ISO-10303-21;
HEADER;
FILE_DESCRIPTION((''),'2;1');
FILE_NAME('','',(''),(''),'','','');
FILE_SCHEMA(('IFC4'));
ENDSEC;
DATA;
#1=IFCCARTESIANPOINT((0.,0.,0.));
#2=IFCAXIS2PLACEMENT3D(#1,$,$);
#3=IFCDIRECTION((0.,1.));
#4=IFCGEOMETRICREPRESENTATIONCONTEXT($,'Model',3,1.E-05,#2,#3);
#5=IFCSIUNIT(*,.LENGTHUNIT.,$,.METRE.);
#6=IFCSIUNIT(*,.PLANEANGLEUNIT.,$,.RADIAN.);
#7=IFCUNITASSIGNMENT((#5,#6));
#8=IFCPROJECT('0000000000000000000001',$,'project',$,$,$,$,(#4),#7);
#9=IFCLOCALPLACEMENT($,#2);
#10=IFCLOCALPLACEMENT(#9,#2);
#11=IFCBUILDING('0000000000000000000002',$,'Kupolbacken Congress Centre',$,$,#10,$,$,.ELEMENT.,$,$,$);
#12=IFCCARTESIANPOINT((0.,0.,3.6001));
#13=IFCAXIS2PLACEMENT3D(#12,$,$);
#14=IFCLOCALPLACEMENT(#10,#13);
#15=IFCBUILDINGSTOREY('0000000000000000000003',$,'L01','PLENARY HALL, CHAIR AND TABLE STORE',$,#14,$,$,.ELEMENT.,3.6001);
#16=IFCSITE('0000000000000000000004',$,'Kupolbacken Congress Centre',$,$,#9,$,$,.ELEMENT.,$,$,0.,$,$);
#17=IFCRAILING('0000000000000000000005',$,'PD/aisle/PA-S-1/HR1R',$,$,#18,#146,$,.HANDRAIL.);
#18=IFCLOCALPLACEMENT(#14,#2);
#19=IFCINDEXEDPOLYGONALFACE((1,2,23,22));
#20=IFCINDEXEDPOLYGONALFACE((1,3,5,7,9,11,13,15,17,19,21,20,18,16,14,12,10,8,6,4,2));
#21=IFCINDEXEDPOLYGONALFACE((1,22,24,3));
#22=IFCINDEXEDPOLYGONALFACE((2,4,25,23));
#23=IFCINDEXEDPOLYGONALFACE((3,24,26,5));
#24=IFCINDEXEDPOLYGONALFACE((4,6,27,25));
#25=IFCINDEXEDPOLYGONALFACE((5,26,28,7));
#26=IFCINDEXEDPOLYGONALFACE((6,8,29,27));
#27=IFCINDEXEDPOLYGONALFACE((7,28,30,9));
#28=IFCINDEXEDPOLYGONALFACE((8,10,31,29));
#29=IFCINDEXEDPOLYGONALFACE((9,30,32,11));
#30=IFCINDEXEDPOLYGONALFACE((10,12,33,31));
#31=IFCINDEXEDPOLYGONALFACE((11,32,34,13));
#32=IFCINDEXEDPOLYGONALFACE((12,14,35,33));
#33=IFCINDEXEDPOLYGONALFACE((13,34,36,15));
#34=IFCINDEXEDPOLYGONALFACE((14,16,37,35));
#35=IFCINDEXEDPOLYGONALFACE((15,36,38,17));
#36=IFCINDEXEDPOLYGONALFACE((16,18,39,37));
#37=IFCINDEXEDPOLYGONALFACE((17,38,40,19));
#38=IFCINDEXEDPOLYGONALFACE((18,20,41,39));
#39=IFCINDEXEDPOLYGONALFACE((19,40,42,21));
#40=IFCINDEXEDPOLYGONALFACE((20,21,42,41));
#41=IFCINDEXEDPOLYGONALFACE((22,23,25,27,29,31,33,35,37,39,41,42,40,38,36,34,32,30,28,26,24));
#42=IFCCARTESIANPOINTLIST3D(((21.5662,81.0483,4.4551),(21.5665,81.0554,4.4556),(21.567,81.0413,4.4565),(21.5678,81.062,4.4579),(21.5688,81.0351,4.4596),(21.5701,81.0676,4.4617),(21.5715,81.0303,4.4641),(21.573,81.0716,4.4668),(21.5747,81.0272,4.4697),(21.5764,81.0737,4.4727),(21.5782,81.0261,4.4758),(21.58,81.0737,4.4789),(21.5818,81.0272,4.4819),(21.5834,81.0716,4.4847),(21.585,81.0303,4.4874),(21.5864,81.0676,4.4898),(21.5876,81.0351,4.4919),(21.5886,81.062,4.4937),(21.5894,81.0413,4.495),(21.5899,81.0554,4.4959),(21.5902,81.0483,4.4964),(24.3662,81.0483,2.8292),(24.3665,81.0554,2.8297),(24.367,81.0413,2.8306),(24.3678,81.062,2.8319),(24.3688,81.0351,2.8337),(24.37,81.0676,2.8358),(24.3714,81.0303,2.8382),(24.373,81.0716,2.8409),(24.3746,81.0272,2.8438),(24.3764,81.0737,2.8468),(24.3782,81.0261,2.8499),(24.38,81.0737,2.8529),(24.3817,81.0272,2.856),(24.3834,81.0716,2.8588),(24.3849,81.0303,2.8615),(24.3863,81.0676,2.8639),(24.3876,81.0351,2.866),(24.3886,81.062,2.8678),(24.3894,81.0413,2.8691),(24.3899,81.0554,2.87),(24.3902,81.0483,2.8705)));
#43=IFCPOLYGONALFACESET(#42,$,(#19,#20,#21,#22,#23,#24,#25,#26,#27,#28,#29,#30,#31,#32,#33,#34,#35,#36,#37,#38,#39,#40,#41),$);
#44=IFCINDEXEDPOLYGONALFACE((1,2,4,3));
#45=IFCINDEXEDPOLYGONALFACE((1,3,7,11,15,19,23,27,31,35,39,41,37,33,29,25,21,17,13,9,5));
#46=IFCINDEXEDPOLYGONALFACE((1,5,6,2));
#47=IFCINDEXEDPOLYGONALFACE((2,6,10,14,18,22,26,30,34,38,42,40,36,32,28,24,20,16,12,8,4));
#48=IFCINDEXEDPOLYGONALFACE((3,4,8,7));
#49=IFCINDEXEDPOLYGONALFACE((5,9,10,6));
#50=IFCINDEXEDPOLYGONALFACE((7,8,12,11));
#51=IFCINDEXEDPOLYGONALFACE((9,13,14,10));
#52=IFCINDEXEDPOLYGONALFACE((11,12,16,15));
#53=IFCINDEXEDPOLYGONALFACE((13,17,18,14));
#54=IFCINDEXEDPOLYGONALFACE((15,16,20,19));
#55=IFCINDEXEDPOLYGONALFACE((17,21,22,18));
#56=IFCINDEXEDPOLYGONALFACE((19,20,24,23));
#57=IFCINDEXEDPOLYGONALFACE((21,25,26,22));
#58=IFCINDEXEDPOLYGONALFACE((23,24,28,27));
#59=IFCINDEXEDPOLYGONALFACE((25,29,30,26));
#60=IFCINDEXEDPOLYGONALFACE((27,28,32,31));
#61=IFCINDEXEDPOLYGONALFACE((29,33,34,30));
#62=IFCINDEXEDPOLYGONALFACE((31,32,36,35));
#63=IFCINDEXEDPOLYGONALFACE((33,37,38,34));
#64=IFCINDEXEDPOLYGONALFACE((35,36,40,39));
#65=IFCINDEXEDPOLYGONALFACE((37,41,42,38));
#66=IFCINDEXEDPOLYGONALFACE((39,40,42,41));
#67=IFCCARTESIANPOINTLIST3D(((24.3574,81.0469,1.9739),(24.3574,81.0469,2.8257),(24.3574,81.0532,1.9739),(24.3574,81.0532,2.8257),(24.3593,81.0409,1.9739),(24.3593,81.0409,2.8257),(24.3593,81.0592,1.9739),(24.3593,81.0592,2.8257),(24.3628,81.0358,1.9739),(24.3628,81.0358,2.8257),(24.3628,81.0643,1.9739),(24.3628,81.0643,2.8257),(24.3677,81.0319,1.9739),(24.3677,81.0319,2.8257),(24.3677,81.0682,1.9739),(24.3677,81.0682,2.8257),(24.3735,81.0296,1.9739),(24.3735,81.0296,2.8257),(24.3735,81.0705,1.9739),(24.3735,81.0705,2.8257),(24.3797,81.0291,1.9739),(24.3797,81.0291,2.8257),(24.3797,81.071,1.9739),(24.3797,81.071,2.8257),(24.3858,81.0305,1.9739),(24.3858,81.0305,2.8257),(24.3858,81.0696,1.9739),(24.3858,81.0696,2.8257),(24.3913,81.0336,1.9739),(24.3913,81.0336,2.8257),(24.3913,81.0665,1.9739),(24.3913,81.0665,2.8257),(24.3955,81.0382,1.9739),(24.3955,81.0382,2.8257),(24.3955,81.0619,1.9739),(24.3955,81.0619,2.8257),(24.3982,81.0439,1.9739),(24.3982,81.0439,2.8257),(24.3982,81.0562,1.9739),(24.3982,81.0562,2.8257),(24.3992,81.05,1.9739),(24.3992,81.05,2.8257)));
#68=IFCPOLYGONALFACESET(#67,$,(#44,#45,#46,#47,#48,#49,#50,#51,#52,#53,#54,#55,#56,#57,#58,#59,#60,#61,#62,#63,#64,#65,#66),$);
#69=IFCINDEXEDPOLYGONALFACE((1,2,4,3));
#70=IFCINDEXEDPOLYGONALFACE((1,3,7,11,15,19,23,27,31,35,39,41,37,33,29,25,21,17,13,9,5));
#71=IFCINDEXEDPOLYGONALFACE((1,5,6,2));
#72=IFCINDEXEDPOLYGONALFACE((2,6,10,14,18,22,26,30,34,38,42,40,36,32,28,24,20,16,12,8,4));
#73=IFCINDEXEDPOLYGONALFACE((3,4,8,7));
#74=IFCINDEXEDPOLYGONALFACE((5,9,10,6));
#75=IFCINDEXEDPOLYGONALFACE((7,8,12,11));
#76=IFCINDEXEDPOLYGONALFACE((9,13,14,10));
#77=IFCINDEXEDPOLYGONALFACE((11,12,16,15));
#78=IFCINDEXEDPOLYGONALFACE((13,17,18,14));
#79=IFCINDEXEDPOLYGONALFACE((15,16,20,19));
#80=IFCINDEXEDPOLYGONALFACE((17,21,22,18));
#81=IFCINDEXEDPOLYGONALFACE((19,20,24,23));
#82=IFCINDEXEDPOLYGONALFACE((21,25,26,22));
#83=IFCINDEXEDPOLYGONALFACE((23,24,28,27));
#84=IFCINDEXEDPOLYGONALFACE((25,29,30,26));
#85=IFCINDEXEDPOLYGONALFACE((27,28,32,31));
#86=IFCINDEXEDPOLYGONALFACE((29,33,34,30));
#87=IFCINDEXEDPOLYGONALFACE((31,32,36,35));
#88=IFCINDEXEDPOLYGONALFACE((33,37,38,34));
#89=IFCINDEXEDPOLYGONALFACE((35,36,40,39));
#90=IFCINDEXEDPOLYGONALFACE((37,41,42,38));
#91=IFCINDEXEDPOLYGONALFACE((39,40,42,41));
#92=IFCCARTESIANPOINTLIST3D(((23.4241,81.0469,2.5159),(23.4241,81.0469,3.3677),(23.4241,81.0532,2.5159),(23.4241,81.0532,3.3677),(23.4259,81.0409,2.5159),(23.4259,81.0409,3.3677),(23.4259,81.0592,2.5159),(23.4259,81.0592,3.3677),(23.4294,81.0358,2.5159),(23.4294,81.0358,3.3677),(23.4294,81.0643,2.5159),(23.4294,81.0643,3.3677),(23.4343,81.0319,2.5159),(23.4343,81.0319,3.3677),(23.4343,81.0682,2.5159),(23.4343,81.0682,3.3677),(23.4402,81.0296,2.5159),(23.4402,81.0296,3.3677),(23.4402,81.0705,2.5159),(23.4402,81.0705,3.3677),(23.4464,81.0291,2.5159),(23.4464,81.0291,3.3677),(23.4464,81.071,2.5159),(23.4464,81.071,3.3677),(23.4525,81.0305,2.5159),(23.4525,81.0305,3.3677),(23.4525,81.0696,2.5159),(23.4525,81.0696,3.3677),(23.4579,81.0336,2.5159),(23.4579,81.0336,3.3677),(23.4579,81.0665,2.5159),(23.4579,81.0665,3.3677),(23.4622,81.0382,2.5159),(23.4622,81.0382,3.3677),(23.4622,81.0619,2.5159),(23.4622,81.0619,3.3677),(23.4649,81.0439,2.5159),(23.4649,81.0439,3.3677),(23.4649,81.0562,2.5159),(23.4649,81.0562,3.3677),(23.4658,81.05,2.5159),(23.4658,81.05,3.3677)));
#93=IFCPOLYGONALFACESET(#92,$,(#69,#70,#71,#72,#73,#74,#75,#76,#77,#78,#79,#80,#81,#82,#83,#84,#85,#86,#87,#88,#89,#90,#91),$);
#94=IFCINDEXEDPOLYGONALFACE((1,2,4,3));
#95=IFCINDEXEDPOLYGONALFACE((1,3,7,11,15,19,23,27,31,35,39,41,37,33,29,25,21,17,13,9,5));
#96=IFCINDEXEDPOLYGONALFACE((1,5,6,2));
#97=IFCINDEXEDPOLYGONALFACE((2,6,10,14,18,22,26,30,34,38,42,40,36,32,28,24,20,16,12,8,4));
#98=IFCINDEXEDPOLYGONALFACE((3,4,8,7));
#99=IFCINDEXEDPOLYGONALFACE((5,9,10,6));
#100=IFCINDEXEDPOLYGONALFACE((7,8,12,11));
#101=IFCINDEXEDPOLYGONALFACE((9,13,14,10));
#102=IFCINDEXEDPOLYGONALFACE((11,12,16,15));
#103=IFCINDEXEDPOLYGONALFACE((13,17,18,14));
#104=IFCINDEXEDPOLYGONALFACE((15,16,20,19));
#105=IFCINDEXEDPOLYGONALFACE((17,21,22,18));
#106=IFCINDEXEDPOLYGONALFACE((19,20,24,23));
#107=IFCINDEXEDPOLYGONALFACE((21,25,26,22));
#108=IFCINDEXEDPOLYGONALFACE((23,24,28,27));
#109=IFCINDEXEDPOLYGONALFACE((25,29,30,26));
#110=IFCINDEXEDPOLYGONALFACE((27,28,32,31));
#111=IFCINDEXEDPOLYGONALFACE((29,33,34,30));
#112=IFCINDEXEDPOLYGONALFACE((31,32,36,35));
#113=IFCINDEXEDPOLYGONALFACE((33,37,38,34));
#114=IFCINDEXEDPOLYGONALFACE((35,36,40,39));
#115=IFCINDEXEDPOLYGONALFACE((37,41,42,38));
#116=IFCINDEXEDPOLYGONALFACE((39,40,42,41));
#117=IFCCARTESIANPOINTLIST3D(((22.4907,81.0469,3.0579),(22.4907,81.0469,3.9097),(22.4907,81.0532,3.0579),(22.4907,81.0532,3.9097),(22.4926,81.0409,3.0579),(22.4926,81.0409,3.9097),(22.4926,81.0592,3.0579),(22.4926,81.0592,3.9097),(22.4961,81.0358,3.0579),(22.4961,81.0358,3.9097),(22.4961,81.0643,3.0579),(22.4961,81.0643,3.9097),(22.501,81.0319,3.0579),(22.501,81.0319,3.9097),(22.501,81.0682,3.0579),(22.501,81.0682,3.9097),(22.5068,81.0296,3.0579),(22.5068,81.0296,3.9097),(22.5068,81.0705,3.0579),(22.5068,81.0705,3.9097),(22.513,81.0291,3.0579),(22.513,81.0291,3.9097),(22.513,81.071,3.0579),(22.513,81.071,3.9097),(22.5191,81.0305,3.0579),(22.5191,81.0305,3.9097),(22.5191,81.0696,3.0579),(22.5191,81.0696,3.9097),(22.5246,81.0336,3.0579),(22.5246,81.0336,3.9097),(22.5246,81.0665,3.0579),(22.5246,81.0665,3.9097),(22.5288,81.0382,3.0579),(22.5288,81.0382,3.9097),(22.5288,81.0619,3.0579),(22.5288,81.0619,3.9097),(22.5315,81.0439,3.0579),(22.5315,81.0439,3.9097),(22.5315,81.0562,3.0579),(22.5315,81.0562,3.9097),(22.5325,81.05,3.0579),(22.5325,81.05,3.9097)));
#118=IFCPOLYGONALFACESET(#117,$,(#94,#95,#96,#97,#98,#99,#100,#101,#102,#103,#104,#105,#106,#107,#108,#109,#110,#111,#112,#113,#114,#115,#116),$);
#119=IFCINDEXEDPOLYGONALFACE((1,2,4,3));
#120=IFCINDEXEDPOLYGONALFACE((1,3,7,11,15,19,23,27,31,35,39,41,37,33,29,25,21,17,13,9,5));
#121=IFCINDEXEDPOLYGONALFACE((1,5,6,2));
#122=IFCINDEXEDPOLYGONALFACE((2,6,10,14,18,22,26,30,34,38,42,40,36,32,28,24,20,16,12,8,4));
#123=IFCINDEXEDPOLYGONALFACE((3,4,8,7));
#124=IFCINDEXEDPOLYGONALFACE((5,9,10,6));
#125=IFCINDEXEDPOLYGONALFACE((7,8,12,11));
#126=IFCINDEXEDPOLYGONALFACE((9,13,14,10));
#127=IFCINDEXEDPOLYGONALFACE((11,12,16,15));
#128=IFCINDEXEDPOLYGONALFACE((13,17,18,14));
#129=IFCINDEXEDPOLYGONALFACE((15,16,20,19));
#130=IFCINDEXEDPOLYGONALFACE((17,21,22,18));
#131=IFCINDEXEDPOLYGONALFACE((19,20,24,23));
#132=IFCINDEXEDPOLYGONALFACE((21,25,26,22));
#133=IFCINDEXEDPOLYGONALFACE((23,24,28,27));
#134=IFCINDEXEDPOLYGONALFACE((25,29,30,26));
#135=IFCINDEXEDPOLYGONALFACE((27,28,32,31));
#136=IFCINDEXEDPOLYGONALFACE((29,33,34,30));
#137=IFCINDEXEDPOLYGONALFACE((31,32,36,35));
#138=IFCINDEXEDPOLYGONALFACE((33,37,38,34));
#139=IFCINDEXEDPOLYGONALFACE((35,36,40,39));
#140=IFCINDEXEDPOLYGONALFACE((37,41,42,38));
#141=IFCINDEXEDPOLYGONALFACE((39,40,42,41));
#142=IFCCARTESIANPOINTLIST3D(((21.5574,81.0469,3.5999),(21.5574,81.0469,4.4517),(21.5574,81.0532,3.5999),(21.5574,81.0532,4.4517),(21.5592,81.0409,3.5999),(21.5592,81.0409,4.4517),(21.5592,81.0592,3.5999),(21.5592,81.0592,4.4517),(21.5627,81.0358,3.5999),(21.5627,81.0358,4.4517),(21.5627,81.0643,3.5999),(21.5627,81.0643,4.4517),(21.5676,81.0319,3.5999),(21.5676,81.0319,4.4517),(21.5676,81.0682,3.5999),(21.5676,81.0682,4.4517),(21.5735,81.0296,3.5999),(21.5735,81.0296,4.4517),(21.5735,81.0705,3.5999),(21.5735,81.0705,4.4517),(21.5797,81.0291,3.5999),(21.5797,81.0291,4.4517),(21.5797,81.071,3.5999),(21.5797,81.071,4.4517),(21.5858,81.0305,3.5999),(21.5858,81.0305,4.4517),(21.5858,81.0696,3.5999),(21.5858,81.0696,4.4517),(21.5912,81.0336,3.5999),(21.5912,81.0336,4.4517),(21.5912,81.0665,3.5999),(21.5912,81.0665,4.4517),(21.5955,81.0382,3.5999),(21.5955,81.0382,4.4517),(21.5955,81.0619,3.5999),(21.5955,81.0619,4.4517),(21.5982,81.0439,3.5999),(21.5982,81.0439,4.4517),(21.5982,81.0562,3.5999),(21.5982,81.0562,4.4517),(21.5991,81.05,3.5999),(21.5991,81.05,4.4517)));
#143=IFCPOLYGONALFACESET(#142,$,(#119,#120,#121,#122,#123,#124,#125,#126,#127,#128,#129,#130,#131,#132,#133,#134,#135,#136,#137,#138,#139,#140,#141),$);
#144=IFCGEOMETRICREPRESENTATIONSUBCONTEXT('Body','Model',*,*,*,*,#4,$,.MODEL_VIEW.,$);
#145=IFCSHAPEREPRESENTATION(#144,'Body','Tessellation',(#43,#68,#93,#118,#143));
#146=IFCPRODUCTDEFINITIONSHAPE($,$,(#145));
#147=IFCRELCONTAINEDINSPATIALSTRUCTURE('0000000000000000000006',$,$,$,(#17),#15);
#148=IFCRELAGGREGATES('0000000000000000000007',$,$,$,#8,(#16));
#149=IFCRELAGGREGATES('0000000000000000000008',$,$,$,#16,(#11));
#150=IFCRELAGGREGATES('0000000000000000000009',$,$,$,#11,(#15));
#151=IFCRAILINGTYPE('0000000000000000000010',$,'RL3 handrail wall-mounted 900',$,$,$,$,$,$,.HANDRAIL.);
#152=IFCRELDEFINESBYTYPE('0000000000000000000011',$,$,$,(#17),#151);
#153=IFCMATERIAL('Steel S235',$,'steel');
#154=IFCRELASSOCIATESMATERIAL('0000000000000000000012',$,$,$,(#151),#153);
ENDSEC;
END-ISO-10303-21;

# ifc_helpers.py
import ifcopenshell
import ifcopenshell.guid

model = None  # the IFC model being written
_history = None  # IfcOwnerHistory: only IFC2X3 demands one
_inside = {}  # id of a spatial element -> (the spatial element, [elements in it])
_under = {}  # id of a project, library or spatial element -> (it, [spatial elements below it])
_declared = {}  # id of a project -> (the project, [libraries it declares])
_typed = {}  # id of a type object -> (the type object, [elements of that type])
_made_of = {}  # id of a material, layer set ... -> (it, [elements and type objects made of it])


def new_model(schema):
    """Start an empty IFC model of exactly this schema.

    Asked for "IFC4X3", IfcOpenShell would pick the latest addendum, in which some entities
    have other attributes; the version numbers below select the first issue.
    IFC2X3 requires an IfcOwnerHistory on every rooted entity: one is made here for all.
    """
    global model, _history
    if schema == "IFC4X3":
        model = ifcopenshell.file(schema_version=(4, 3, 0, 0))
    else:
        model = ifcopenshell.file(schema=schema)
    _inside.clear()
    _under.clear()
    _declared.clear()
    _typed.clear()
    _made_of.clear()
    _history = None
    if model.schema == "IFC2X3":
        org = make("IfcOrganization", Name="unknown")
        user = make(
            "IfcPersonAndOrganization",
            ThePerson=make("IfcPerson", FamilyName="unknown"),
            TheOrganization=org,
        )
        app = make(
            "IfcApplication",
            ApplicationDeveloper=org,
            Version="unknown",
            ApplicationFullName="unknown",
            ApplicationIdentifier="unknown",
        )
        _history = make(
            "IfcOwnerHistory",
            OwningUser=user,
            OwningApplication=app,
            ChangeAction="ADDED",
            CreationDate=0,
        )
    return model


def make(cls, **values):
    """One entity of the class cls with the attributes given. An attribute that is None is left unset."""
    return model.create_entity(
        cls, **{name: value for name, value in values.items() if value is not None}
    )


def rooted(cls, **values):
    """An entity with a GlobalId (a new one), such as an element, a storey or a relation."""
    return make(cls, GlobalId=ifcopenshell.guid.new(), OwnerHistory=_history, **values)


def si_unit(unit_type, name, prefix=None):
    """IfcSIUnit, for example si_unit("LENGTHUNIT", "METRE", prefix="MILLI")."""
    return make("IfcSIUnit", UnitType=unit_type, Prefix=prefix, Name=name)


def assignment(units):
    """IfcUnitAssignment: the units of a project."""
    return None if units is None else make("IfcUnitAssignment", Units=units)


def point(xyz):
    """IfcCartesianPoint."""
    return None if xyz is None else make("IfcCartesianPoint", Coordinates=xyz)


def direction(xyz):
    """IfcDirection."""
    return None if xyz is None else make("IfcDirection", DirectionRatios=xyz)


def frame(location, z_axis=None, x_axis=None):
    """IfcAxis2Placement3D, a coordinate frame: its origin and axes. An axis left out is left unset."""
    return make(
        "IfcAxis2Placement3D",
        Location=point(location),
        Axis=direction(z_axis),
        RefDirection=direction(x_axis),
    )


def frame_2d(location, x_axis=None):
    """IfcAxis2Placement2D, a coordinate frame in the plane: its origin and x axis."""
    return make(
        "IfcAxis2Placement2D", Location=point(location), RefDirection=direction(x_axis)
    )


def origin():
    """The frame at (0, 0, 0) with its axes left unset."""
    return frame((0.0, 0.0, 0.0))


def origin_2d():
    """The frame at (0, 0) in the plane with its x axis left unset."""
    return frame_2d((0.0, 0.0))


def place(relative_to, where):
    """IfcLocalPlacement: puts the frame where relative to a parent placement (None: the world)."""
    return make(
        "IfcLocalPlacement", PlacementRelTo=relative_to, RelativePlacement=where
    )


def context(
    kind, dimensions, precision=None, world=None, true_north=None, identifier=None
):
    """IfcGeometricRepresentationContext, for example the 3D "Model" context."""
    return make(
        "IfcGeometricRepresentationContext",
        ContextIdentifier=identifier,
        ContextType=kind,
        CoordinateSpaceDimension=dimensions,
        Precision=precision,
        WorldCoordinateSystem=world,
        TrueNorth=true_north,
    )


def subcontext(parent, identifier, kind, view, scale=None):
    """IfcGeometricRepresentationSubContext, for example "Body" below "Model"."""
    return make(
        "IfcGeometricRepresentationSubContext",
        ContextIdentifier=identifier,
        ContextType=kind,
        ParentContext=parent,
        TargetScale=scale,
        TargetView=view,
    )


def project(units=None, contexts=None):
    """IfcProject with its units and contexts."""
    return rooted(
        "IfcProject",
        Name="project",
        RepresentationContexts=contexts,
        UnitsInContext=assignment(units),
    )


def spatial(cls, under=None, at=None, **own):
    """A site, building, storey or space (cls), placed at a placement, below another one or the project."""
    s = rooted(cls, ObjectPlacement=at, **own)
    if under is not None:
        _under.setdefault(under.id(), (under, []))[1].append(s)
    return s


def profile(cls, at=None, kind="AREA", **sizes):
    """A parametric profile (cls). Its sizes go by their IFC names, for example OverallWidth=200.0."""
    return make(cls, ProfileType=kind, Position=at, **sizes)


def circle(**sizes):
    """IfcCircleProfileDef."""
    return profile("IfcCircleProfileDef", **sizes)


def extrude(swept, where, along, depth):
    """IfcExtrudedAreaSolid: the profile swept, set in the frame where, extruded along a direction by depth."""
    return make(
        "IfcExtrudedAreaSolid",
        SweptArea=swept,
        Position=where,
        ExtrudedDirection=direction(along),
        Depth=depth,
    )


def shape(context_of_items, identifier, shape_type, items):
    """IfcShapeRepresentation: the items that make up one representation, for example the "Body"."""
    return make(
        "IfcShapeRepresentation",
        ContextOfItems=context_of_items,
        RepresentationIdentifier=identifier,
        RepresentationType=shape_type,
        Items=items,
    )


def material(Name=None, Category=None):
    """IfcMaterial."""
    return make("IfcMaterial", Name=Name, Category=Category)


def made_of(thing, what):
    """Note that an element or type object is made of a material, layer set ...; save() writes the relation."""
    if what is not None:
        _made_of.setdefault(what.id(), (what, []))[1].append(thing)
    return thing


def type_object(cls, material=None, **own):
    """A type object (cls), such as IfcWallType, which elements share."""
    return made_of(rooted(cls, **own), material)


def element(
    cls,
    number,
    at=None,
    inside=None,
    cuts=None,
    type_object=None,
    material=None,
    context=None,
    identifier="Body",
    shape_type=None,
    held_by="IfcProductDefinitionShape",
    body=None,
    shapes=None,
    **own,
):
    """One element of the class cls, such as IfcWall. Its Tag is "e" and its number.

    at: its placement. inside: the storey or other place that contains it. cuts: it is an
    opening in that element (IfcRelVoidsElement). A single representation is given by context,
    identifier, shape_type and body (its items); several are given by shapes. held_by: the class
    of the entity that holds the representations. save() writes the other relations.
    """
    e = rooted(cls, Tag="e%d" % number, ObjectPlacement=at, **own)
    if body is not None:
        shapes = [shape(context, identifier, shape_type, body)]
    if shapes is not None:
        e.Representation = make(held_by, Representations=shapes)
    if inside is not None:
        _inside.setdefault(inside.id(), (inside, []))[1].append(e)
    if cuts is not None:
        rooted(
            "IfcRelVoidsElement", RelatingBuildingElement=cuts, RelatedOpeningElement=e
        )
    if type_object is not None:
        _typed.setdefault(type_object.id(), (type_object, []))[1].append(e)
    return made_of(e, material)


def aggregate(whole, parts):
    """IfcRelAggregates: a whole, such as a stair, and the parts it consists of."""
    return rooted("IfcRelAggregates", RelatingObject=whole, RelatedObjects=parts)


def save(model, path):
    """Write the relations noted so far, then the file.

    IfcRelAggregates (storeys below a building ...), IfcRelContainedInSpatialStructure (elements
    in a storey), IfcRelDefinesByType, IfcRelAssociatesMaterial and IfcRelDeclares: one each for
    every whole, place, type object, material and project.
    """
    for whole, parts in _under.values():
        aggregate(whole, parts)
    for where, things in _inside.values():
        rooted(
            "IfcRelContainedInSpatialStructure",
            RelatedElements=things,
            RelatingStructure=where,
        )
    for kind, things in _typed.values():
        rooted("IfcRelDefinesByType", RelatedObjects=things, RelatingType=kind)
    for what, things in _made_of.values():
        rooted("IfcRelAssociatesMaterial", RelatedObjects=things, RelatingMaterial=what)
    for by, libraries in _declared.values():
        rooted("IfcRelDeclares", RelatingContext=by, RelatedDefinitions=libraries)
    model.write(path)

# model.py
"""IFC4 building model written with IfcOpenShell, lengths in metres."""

from ifc_helpers import new_model, si_unit, direction, frame, origin, origin_2d, place, context, subcontext, project, spatial, circle, extrude, material, type_object, element, save


model = new_model("IFC4")

# Units and contexts
model_context = context("Model", 3, precision=1e-05, world=origin(), true_north=direction((0.0, 1.0)))
body_context = subcontext(model_context, "Body", "Model", "MODEL_VIEW")
ifc_project = project(units=[si_unit("LENGTHUNIT", "METRE"), si_unit("PLANEANGLEUNIT", "RADIAN")], contexts=[model_context])

# Site, building, storey
site_placement = place(None, origin())
site = spatial("IfcSite", under=ifc_project, at=site_placement, Name="Kupolbacken Congress Centre", CompositionType="ELEMENT", RefElevation=0.0)
building_placement = place(site_placement, origin())
building = spatial("IfcBuilding", under=site, at=building_placement, Name="Kupolbacken Congress Centre", CompositionType="ELEMENT")
storey_placement = place(building_placement, frame((0.0, 0.0, 3.6001)))
storey = spatial("IfcBuildingStorey", under=building, at=storey_placement, Name="L01", Description="PLENARY HALL, CHAIR AND TABLE STORE", CompositionType="ELEMENT", Elevation=3.6001)

# Railing
ifc_material_1 = material(Name="Steel S235", Category="steel")
railing_type_1 = type_object("IfcRailingType", Name="RL3 handrail wall-mounted 900", PredefinedType="HANDRAIL", material=ifc_material_1)
for number, where, name in (
    (1, (24.3782, 81.05, 1.9739), "PD/aisle/PA-S-1/HR1R"),
):
    element("IfcRailing", number, at=place(storey_placement, frame(where)), inside=storey, type_object=railing_type_1, Name=name, PredefinedType="HANDRAIL", context=body_context, shape_type="SweptSolid", body=[
        extrude(circle(Radius=0.0239, at=origin_2d()), frame((0.0, 0.0, 0.876), z_axis=(-0.86477, 0.0, 0.502168), x_axis=(0.0, -1.0, 0.0)), (0.0, 0.0, 1.0), 3.2378),
        extrude(circle(Radius=0.021, at=origin_2d()), origin(), (0.0, 0.0, 1.0), 0.8518),
        extrude(circle(Radius=0.021, at=origin_2d()), frame((-0.9333, 0.0, 0.542)), (0.0, 0.0, 1.0), 0.8518),
        extrude(circle(Radius=0.021, at=origin_2d()), frame((-1.8667, 0.0, 1.084)), (0.0, 0.0, 1.0), 0.8518),
        extrude(circle(Radius=0.021, at=origin_2d()), frame((-2.8, 0.0, 1.626)), (0.0, 0.0, 1.0), 0.8518),
    ])

save(model, "model.ifc")
